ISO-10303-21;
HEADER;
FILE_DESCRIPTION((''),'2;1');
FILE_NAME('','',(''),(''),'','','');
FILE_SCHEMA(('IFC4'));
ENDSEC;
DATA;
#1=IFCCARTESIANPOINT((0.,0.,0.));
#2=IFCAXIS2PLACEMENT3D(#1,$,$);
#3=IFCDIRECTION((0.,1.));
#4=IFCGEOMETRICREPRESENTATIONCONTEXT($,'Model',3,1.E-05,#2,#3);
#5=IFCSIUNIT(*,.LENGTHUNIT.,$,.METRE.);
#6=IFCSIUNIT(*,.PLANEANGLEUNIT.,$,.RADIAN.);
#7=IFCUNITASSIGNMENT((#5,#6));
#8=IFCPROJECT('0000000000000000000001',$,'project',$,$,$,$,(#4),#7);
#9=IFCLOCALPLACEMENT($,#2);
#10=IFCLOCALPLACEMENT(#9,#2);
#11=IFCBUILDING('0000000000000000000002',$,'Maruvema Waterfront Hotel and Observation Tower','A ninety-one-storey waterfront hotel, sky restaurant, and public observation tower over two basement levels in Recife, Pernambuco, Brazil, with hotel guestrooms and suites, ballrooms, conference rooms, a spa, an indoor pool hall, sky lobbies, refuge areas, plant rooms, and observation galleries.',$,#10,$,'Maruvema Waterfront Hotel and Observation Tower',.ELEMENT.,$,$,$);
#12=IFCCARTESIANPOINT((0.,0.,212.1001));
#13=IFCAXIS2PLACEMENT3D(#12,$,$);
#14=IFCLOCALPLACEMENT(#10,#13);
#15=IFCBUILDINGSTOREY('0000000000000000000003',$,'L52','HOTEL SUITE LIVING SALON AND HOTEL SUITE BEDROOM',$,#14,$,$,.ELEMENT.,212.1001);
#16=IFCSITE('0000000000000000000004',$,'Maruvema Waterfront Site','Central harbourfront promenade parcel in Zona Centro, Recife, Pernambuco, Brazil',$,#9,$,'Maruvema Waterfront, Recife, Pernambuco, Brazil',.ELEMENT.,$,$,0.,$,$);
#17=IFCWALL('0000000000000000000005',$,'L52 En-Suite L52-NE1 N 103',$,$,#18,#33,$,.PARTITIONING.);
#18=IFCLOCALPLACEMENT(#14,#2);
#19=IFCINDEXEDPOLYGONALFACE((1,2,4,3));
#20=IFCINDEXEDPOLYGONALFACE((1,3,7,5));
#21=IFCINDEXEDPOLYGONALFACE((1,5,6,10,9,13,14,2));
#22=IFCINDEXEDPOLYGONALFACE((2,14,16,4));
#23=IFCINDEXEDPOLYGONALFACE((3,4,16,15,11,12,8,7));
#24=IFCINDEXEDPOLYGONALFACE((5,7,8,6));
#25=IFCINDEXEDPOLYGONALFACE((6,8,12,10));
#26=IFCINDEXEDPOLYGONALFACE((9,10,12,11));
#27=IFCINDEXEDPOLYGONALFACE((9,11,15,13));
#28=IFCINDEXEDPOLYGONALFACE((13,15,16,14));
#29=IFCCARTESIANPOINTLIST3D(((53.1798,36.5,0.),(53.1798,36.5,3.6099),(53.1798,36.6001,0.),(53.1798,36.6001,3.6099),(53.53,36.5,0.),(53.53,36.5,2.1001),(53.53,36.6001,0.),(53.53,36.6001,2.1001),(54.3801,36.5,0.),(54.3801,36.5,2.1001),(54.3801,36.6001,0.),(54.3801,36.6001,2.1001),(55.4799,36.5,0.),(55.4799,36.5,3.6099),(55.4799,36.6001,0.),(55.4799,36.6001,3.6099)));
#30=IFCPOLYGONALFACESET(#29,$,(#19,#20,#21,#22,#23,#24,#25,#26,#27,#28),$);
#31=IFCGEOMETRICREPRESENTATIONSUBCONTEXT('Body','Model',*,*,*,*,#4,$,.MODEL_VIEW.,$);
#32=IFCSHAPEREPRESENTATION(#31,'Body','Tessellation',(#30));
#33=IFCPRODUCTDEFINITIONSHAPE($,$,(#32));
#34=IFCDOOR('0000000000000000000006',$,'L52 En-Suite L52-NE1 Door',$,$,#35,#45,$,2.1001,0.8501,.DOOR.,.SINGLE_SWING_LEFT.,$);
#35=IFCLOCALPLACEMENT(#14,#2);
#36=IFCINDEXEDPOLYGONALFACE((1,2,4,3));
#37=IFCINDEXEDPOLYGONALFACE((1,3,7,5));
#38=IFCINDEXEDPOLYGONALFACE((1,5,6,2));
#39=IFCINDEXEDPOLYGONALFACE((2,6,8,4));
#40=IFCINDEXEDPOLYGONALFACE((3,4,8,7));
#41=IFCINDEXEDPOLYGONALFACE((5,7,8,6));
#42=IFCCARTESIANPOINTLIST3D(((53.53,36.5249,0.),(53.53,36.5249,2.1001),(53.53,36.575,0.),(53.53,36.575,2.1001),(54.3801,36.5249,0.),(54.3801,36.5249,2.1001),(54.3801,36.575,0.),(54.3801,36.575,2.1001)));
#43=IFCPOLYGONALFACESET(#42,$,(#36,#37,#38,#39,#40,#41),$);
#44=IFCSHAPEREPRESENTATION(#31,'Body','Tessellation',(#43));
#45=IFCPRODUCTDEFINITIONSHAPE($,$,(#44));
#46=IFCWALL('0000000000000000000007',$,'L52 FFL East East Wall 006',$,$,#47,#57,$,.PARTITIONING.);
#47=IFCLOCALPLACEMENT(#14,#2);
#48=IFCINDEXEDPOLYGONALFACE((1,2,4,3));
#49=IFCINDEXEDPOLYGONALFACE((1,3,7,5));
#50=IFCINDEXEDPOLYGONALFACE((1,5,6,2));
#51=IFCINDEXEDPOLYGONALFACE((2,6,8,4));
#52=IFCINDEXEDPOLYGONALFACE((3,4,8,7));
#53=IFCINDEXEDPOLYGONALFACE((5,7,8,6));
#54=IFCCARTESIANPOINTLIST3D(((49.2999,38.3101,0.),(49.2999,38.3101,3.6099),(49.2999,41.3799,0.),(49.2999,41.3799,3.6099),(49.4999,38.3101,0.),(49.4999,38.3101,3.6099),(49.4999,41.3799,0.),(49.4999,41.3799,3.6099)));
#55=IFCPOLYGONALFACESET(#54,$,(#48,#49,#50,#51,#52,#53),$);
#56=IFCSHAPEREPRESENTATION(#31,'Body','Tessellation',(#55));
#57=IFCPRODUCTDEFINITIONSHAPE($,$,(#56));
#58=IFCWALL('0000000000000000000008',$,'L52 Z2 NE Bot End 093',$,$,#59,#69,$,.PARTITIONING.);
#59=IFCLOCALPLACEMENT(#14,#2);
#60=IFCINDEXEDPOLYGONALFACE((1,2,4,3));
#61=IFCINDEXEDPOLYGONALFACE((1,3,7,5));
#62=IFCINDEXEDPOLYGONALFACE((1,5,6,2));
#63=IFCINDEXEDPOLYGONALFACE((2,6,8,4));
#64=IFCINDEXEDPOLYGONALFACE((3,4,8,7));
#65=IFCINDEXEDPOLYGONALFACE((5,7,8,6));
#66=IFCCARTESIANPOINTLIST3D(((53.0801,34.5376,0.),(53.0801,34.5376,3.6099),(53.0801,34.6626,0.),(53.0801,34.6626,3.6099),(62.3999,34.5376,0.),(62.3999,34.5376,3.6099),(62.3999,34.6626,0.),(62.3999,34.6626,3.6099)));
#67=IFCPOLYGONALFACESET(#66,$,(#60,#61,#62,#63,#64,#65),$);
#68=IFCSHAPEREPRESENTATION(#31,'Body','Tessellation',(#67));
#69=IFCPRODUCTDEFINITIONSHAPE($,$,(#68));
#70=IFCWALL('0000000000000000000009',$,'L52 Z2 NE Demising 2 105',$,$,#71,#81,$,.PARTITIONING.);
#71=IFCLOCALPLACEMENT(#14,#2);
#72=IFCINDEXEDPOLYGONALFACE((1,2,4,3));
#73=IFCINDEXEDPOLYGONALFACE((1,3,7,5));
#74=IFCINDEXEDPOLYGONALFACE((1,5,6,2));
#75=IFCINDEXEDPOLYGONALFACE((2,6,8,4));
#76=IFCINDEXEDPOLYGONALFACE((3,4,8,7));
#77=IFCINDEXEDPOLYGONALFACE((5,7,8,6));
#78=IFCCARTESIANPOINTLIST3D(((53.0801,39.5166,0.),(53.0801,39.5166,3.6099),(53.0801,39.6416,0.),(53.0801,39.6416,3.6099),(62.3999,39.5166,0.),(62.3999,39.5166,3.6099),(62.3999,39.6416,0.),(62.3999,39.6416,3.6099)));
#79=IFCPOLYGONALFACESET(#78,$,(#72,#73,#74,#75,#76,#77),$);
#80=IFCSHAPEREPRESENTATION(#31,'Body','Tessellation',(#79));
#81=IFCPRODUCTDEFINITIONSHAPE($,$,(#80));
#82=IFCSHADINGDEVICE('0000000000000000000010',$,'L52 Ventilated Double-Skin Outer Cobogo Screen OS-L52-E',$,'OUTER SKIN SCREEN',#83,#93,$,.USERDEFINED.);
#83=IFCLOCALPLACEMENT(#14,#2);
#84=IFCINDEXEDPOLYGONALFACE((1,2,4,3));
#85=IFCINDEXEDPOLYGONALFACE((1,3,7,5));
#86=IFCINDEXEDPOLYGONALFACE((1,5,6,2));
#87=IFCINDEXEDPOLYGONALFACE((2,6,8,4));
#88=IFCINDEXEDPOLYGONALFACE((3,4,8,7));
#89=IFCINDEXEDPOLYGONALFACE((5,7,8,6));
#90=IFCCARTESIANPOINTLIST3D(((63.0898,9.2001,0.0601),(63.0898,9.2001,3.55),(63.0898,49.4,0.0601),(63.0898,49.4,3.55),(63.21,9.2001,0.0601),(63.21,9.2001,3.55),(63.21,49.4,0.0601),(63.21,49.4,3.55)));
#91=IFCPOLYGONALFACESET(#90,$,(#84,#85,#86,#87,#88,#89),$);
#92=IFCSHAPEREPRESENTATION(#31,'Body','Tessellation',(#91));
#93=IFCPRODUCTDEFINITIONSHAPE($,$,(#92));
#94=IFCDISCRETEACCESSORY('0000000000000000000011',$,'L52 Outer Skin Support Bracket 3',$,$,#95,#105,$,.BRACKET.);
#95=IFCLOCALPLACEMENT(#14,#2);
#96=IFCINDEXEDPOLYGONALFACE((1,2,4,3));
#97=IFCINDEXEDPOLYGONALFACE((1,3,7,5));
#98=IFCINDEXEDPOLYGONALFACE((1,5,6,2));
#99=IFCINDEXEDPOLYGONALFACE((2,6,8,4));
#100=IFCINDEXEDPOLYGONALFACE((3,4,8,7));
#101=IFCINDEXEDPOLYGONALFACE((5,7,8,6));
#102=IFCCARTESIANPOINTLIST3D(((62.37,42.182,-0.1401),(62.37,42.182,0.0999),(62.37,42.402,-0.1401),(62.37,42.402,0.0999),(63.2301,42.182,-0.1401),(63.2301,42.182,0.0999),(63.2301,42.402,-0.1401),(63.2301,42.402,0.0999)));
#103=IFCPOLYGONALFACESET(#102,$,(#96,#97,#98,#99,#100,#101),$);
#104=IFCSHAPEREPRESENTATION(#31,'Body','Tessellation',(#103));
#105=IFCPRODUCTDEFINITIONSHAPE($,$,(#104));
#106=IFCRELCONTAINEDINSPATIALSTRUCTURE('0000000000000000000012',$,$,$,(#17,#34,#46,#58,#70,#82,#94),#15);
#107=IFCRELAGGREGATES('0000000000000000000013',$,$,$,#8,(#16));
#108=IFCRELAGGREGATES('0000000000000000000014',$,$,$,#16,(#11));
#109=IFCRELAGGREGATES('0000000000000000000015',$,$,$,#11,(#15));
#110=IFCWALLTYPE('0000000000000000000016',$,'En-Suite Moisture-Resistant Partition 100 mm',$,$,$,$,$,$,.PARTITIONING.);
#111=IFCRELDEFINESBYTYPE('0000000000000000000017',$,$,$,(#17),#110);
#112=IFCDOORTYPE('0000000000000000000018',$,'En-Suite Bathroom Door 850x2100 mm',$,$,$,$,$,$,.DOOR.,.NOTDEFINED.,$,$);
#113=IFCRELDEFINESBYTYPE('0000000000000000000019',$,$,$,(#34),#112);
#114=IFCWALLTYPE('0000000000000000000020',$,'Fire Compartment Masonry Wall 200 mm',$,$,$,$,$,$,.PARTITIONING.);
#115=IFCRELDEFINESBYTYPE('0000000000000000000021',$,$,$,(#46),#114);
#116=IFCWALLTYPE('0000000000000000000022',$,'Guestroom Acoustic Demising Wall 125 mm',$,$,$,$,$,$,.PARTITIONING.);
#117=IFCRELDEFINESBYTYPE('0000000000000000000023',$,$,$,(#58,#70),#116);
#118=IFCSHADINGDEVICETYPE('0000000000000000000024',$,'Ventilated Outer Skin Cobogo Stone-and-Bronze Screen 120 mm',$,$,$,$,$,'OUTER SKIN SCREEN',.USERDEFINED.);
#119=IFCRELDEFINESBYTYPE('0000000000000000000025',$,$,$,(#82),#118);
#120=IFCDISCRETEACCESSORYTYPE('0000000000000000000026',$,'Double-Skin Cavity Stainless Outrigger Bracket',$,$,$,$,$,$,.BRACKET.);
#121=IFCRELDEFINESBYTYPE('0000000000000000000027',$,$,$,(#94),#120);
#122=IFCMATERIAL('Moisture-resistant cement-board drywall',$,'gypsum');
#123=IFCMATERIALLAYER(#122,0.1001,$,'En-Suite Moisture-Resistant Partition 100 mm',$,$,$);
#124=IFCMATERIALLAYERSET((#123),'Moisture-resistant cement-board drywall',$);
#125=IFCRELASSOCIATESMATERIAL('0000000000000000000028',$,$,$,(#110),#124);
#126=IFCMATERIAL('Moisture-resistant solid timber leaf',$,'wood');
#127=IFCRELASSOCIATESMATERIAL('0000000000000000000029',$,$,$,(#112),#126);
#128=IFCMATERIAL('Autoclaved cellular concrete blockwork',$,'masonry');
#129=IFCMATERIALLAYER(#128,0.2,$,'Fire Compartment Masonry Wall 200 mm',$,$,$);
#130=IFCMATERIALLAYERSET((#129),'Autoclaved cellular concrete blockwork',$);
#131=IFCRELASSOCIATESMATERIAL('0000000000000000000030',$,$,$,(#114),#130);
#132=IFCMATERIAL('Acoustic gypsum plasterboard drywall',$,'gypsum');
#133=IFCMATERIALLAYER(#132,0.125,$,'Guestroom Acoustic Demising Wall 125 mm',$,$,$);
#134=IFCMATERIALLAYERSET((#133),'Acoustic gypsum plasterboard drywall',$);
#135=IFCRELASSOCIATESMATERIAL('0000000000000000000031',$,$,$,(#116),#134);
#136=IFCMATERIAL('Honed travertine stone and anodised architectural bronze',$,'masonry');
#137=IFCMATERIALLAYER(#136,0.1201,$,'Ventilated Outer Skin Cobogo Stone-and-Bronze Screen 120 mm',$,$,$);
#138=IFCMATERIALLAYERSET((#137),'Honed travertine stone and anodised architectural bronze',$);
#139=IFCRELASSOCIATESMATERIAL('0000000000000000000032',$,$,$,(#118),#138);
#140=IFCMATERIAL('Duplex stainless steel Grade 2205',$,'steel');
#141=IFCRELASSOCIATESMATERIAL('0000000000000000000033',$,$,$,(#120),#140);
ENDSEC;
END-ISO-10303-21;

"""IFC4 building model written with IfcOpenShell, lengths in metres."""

from ifc_helpers import new_model, si_unit, direction, frame, frame_2d, origin, origin_2d, place, context, subcontext, project, spatial, rectangle, extrude, material, layer, layer_set, type_object, element, fill, save


model = new_model("IFC4")

# Units and contexts
model_context = context("Model", 3, precision=1e-05, world=origin(), true_north=direction((0.0, 1.0)))
body_context = subcontext(model_context, "Body", "Model", "MODEL_VIEW")
ifc_project = project(units=[si_unit("LENGTHUNIT", "METRE"), si_unit("PLANEANGLEUNIT", "RADIAN")], contexts=[model_context])

# Site, building, storey
site_placement = place(None, origin())
site = spatial("IfcSite", under=ifc_project, at=site_placement, Name="Maruvema Waterfront Site", Description="Central harbourfront promenade parcel in Zona Centro, Recife, Pernambuco, Brazil", LongName="Maruvema Waterfront, Recife, Pernambuco, Brazil", CompositionType="ELEMENT", RefElevation=0.0)
building_placement = place(site_placement, origin())
building = spatial("IfcBuilding", under=site, at=building_placement, Name="Maruvema Waterfront Hotel and Observation Tower", Description="A ninety-one-storey waterfront hotel, sky restaurant, and public observation tower over two basement levels in Recife, Pernambuco, Brazil, with hotel guestrooms and suites, ballrooms, conference rooms, a spa, an indoor pool hall, sky lobbies, refuge areas, plant rooms, and observation galleries.", LongName="Maruvema Waterfront Hotel and Observation Tower", CompositionType="ELEMENT")
storey_placement = place(building_placement, frame((0.0, 0.0, 212.1001)))
storey = spatial("IfcBuildingStorey", under=building, at=storey_placement, Name="L52", Description="HOTEL SUITE LIVING SALON AND HOTEL SUITE BEDROOM", CompositionType="ELEMENT", Elevation=212.1001)

# Shared definitions
ifc_material_1 = material(Name="Moisture-resistant cement-board drywall", Category="gypsum")
ifc_layer_1 = layer(ifc_material_1, 0.1001, Name="En-Suite Moisture-Resistant Partition 100 mm")
ifc_layer_set_1 = layer_set([ifc_layer_1], Name="Moisture-resistant cement-board drywall")
wall_type_1 = type_object("IfcWallType", Name="En-Suite Moisture-Resistant Partition 100 mm", PredefinedType="PARTITIONING", material=ifc_layer_set_1)

# Wall, opening, door
wall_1_placement = place(storey_placement, frame((53.1799, 36.55, 0.0), z_axis=(0.0, 0.0, 1.0), x_axis=(1.0, 0.0, 0.0)))
wall_1 = element("IfcWall", 1, at=wall_1_placement, inside=storey, type_object=wall_type_1, Name="L52 En-Suite L52-NE1 N 103", PredefinedType="PARTITIONING", context=body_context, shape_type="SweptSolid", body=[
    extrude(rectangle(XDim=2.3, YDim=0.1001, at=frame_2d((1.1499, 0.0))), origin(), (0.0, 0.0, 1.0), 3.6099),
])
opening_1_placement = place(wall_1_placement, frame((0.3501, 0.0, 0.0)))
opening_1 = element("IfcOpeningElement", 2, at=opening_1_placement, cuts=wall_1, PredefinedType="OPENING", context=body_context, shape_type="SweptSolid", body=[
    extrude(rectangle(XDim=0.8501, YDim=2.1001, at=frame_2d((0.425, 1.05))), frame((0.0, 0.0601, 0.0), z_axis=(0.0, -1.0, 0.0), x_axis=(1.0, 0.0, 0.0)), (0.0, 0.0, 1.0), 0.1201),
])
ifc_material_2 = material(Name="Moisture-resistant solid timber leaf", Category="wood")
door_type_1 = type_object("IfcDoorType", Name="En-Suite Bathroom Door 850x2100 mm", OperationType="NOTDEFINED", PredefinedType="DOOR", material=ifc_material_2)
door_1_placement = place(opening_1_placement, origin())
door_1 = element("IfcDoor", 3, at=door_1_placement, inside=storey, type_object=door_type_1, Name="L52 En-Suite L52-NE1 Door", OperationType="SINGLE_SWING_LEFT", OverallHeight=2.1001, OverallWidth=0.8501, PredefinedType="DOOR", context=body_context, shape_type="SweptSolid", body=[
    extrude(rectangle(XDim=0.8501, YDim=2.1001, at=frame_2d((0.425, 1.05))), frame((0.0, 0.0249, 0.0), z_axis=(0.0, -1.0, 0.0), x_axis=(1.0, 0.0, 0.0)), (0.0, 0.0, 1.0), 0.05),
])
fill(opening_1, door_1)

# Walls
ifc_material_3 = material(Name="Autoclaved cellular concrete blockwork", Category="masonry")
ifc_layer_2 = layer(ifc_material_3, 0.2, Name="Fire Compartment Masonry Wall 200 mm")
ifc_layer_set_2 = layer_set([ifc_layer_2], Name="Autoclaved cellular concrete blockwork")
wall_type_2 = type_object("IfcWallType", Name="Fire Compartment Masonry Wall 200 mm", PredefinedType="PARTITIONING", material=ifc_layer_set_2)
wall_2_placement = place(storey_placement, frame((49.3999, 38.3101, 0.0), z_axis=(0.0, 0.0, 1.0), x_axis=(0.0, 1.0, 0.0)))
element("IfcWall", 4, at=wall_2_placement, inside=storey, type_object=wall_type_2, Name="L52 FFL East East Wall 006", PredefinedType="PARTITIONING", context=body_context, shape_type="SweptSolid", body=[
    extrude(rectangle(XDim=3.0698, YDim=0.2, at=frame_2d((1.5349, 0.0))), origin(), (0.0, 0.0, 1.0), 3.6099),
])
ifc_material_4 = material(Name="Acoustic gypsum plasterboard drywall", Category="gypsum")
ifc_layer_3 = layer(ifc_material_4, 0.125, Name="Guestroom Acoustic Demising Wall 125 mm")
ifc_layer_set_3 = layer_set([ifc_layer_3], Name="Acoustic gypsum plasterboard drywall")
wall_type_3 = type_object("IfcWallType", Name="Guestroom Acoustic Demising Wall 125 mm", PredefinedType="PARTITIONING", material=ifc_layer_set_3)
for number, where, z_axis, x_axis, name in (
    (5, (53.0801, 34.6001, 0.0), (0.0, 0.0, 1.0), (1.0, 0.0, 0.0), "L52 Z2 NE Bot End 093"),
    (6, (53.0801, 39.5791, 0.0), (0.0, 0.0, 1.0), (1.0, 0.0, 0.0), "L52 Z2 NE Demising 2 105"),
):
    element("IfcWall", number, at=place(storey_placement, frame(where, z_axis=z_axis, x_axis=x_axis)), inside=storey, type_object=wall_type_3, Name=name, PredefinedType="PARTITIONING", context=body_context, shape_type="SweptSolid", body=[
        extrude(rectangle(XDim=9.3198, YDim=0.125, at=frame_2d((4.6599, 0.0))), origin(), (0.0, 0.0, 1.0), 3.6099),
    ])

# Shading device
ifc_material_5 = material(Name="Honed travertine stone and anodised architectural bronze", Category="masonry")
ifc_layer_4 = layer(ifc_material_5, 0.1201, Name="Ventilated Outer Skin Cobogo Stone-and-Bronze Screen 120 mm")
ifc_layer_set_4 = layer_set([ifc_layer_4], Name="Honed travertine stone and anodised architectural bronze")
shading_device_type = type_object("IfcShadingDeviceType", Name="Ventilated Outer Skin Cobogo Stone-and-Bronze Screen 120 mm", ElementType="OUTER SKIN SCREEN", PredefinedType="USERDEFINED", material=ifc_layer_set_4)
shading_device_placement = place(storey_placement, frame((63.1499, 29.3, 0.0601), z_axis=(0.0, 0.0, 1.0), x_axis=(0.0, 1.0, 0.0)))
element("IfcShadingDevice", 7, at=shading_device_placement, inside=storey, type_object=shading_device_type, Name="L52 Ventilated Double-Skin Outer Cobogo Screen OS-L52-E", ObjectType="OUTER SKIN SCREEN", PredefinedType="USERDEFINED", context=body_context, shape_type="SweptSolid", body=[
    extrude(rectangle(XDim=40.2, YDim=0.1201, at=origin_2d()), origin(), (0.0, 0.0, 1.0), 3.49),
])

# Discrete accessory
ifc_material_6 = material(Name="Duplex stainless steel Grade 2205", Category="steel")
discrete_accessory_type = type_object("IfcDiscreteAccessoryType", Name="Double-Skin Cavity Stainless Outrigger Bracket", PredefinedType="BRACKET", material=ifc_material_6)
discrete_accessory_placement = place(storey_placement, frame((62.8, 42.292, -0.1401), z_axis=(0.0, 0.0, 1.0), x_axis=(0.0, 1.0, 0.0)))
element("IfcDiscreteAccessory", 8, at=discrete_accessory_placement, inside=storey, type_object=discrete_accessory_type, Name="L52 Outer Skin Support Bracket 3", PredefinedType="BRACKET", context=body_context, shape_type="SweptSolid", body=[
    extrude(rectangle(XDim=0.22, YDim=0.8601, at=origin_2d()), origin(), (0.0, 0.0, 1.0), 0.24),
])

save(model, "model.ifc")
